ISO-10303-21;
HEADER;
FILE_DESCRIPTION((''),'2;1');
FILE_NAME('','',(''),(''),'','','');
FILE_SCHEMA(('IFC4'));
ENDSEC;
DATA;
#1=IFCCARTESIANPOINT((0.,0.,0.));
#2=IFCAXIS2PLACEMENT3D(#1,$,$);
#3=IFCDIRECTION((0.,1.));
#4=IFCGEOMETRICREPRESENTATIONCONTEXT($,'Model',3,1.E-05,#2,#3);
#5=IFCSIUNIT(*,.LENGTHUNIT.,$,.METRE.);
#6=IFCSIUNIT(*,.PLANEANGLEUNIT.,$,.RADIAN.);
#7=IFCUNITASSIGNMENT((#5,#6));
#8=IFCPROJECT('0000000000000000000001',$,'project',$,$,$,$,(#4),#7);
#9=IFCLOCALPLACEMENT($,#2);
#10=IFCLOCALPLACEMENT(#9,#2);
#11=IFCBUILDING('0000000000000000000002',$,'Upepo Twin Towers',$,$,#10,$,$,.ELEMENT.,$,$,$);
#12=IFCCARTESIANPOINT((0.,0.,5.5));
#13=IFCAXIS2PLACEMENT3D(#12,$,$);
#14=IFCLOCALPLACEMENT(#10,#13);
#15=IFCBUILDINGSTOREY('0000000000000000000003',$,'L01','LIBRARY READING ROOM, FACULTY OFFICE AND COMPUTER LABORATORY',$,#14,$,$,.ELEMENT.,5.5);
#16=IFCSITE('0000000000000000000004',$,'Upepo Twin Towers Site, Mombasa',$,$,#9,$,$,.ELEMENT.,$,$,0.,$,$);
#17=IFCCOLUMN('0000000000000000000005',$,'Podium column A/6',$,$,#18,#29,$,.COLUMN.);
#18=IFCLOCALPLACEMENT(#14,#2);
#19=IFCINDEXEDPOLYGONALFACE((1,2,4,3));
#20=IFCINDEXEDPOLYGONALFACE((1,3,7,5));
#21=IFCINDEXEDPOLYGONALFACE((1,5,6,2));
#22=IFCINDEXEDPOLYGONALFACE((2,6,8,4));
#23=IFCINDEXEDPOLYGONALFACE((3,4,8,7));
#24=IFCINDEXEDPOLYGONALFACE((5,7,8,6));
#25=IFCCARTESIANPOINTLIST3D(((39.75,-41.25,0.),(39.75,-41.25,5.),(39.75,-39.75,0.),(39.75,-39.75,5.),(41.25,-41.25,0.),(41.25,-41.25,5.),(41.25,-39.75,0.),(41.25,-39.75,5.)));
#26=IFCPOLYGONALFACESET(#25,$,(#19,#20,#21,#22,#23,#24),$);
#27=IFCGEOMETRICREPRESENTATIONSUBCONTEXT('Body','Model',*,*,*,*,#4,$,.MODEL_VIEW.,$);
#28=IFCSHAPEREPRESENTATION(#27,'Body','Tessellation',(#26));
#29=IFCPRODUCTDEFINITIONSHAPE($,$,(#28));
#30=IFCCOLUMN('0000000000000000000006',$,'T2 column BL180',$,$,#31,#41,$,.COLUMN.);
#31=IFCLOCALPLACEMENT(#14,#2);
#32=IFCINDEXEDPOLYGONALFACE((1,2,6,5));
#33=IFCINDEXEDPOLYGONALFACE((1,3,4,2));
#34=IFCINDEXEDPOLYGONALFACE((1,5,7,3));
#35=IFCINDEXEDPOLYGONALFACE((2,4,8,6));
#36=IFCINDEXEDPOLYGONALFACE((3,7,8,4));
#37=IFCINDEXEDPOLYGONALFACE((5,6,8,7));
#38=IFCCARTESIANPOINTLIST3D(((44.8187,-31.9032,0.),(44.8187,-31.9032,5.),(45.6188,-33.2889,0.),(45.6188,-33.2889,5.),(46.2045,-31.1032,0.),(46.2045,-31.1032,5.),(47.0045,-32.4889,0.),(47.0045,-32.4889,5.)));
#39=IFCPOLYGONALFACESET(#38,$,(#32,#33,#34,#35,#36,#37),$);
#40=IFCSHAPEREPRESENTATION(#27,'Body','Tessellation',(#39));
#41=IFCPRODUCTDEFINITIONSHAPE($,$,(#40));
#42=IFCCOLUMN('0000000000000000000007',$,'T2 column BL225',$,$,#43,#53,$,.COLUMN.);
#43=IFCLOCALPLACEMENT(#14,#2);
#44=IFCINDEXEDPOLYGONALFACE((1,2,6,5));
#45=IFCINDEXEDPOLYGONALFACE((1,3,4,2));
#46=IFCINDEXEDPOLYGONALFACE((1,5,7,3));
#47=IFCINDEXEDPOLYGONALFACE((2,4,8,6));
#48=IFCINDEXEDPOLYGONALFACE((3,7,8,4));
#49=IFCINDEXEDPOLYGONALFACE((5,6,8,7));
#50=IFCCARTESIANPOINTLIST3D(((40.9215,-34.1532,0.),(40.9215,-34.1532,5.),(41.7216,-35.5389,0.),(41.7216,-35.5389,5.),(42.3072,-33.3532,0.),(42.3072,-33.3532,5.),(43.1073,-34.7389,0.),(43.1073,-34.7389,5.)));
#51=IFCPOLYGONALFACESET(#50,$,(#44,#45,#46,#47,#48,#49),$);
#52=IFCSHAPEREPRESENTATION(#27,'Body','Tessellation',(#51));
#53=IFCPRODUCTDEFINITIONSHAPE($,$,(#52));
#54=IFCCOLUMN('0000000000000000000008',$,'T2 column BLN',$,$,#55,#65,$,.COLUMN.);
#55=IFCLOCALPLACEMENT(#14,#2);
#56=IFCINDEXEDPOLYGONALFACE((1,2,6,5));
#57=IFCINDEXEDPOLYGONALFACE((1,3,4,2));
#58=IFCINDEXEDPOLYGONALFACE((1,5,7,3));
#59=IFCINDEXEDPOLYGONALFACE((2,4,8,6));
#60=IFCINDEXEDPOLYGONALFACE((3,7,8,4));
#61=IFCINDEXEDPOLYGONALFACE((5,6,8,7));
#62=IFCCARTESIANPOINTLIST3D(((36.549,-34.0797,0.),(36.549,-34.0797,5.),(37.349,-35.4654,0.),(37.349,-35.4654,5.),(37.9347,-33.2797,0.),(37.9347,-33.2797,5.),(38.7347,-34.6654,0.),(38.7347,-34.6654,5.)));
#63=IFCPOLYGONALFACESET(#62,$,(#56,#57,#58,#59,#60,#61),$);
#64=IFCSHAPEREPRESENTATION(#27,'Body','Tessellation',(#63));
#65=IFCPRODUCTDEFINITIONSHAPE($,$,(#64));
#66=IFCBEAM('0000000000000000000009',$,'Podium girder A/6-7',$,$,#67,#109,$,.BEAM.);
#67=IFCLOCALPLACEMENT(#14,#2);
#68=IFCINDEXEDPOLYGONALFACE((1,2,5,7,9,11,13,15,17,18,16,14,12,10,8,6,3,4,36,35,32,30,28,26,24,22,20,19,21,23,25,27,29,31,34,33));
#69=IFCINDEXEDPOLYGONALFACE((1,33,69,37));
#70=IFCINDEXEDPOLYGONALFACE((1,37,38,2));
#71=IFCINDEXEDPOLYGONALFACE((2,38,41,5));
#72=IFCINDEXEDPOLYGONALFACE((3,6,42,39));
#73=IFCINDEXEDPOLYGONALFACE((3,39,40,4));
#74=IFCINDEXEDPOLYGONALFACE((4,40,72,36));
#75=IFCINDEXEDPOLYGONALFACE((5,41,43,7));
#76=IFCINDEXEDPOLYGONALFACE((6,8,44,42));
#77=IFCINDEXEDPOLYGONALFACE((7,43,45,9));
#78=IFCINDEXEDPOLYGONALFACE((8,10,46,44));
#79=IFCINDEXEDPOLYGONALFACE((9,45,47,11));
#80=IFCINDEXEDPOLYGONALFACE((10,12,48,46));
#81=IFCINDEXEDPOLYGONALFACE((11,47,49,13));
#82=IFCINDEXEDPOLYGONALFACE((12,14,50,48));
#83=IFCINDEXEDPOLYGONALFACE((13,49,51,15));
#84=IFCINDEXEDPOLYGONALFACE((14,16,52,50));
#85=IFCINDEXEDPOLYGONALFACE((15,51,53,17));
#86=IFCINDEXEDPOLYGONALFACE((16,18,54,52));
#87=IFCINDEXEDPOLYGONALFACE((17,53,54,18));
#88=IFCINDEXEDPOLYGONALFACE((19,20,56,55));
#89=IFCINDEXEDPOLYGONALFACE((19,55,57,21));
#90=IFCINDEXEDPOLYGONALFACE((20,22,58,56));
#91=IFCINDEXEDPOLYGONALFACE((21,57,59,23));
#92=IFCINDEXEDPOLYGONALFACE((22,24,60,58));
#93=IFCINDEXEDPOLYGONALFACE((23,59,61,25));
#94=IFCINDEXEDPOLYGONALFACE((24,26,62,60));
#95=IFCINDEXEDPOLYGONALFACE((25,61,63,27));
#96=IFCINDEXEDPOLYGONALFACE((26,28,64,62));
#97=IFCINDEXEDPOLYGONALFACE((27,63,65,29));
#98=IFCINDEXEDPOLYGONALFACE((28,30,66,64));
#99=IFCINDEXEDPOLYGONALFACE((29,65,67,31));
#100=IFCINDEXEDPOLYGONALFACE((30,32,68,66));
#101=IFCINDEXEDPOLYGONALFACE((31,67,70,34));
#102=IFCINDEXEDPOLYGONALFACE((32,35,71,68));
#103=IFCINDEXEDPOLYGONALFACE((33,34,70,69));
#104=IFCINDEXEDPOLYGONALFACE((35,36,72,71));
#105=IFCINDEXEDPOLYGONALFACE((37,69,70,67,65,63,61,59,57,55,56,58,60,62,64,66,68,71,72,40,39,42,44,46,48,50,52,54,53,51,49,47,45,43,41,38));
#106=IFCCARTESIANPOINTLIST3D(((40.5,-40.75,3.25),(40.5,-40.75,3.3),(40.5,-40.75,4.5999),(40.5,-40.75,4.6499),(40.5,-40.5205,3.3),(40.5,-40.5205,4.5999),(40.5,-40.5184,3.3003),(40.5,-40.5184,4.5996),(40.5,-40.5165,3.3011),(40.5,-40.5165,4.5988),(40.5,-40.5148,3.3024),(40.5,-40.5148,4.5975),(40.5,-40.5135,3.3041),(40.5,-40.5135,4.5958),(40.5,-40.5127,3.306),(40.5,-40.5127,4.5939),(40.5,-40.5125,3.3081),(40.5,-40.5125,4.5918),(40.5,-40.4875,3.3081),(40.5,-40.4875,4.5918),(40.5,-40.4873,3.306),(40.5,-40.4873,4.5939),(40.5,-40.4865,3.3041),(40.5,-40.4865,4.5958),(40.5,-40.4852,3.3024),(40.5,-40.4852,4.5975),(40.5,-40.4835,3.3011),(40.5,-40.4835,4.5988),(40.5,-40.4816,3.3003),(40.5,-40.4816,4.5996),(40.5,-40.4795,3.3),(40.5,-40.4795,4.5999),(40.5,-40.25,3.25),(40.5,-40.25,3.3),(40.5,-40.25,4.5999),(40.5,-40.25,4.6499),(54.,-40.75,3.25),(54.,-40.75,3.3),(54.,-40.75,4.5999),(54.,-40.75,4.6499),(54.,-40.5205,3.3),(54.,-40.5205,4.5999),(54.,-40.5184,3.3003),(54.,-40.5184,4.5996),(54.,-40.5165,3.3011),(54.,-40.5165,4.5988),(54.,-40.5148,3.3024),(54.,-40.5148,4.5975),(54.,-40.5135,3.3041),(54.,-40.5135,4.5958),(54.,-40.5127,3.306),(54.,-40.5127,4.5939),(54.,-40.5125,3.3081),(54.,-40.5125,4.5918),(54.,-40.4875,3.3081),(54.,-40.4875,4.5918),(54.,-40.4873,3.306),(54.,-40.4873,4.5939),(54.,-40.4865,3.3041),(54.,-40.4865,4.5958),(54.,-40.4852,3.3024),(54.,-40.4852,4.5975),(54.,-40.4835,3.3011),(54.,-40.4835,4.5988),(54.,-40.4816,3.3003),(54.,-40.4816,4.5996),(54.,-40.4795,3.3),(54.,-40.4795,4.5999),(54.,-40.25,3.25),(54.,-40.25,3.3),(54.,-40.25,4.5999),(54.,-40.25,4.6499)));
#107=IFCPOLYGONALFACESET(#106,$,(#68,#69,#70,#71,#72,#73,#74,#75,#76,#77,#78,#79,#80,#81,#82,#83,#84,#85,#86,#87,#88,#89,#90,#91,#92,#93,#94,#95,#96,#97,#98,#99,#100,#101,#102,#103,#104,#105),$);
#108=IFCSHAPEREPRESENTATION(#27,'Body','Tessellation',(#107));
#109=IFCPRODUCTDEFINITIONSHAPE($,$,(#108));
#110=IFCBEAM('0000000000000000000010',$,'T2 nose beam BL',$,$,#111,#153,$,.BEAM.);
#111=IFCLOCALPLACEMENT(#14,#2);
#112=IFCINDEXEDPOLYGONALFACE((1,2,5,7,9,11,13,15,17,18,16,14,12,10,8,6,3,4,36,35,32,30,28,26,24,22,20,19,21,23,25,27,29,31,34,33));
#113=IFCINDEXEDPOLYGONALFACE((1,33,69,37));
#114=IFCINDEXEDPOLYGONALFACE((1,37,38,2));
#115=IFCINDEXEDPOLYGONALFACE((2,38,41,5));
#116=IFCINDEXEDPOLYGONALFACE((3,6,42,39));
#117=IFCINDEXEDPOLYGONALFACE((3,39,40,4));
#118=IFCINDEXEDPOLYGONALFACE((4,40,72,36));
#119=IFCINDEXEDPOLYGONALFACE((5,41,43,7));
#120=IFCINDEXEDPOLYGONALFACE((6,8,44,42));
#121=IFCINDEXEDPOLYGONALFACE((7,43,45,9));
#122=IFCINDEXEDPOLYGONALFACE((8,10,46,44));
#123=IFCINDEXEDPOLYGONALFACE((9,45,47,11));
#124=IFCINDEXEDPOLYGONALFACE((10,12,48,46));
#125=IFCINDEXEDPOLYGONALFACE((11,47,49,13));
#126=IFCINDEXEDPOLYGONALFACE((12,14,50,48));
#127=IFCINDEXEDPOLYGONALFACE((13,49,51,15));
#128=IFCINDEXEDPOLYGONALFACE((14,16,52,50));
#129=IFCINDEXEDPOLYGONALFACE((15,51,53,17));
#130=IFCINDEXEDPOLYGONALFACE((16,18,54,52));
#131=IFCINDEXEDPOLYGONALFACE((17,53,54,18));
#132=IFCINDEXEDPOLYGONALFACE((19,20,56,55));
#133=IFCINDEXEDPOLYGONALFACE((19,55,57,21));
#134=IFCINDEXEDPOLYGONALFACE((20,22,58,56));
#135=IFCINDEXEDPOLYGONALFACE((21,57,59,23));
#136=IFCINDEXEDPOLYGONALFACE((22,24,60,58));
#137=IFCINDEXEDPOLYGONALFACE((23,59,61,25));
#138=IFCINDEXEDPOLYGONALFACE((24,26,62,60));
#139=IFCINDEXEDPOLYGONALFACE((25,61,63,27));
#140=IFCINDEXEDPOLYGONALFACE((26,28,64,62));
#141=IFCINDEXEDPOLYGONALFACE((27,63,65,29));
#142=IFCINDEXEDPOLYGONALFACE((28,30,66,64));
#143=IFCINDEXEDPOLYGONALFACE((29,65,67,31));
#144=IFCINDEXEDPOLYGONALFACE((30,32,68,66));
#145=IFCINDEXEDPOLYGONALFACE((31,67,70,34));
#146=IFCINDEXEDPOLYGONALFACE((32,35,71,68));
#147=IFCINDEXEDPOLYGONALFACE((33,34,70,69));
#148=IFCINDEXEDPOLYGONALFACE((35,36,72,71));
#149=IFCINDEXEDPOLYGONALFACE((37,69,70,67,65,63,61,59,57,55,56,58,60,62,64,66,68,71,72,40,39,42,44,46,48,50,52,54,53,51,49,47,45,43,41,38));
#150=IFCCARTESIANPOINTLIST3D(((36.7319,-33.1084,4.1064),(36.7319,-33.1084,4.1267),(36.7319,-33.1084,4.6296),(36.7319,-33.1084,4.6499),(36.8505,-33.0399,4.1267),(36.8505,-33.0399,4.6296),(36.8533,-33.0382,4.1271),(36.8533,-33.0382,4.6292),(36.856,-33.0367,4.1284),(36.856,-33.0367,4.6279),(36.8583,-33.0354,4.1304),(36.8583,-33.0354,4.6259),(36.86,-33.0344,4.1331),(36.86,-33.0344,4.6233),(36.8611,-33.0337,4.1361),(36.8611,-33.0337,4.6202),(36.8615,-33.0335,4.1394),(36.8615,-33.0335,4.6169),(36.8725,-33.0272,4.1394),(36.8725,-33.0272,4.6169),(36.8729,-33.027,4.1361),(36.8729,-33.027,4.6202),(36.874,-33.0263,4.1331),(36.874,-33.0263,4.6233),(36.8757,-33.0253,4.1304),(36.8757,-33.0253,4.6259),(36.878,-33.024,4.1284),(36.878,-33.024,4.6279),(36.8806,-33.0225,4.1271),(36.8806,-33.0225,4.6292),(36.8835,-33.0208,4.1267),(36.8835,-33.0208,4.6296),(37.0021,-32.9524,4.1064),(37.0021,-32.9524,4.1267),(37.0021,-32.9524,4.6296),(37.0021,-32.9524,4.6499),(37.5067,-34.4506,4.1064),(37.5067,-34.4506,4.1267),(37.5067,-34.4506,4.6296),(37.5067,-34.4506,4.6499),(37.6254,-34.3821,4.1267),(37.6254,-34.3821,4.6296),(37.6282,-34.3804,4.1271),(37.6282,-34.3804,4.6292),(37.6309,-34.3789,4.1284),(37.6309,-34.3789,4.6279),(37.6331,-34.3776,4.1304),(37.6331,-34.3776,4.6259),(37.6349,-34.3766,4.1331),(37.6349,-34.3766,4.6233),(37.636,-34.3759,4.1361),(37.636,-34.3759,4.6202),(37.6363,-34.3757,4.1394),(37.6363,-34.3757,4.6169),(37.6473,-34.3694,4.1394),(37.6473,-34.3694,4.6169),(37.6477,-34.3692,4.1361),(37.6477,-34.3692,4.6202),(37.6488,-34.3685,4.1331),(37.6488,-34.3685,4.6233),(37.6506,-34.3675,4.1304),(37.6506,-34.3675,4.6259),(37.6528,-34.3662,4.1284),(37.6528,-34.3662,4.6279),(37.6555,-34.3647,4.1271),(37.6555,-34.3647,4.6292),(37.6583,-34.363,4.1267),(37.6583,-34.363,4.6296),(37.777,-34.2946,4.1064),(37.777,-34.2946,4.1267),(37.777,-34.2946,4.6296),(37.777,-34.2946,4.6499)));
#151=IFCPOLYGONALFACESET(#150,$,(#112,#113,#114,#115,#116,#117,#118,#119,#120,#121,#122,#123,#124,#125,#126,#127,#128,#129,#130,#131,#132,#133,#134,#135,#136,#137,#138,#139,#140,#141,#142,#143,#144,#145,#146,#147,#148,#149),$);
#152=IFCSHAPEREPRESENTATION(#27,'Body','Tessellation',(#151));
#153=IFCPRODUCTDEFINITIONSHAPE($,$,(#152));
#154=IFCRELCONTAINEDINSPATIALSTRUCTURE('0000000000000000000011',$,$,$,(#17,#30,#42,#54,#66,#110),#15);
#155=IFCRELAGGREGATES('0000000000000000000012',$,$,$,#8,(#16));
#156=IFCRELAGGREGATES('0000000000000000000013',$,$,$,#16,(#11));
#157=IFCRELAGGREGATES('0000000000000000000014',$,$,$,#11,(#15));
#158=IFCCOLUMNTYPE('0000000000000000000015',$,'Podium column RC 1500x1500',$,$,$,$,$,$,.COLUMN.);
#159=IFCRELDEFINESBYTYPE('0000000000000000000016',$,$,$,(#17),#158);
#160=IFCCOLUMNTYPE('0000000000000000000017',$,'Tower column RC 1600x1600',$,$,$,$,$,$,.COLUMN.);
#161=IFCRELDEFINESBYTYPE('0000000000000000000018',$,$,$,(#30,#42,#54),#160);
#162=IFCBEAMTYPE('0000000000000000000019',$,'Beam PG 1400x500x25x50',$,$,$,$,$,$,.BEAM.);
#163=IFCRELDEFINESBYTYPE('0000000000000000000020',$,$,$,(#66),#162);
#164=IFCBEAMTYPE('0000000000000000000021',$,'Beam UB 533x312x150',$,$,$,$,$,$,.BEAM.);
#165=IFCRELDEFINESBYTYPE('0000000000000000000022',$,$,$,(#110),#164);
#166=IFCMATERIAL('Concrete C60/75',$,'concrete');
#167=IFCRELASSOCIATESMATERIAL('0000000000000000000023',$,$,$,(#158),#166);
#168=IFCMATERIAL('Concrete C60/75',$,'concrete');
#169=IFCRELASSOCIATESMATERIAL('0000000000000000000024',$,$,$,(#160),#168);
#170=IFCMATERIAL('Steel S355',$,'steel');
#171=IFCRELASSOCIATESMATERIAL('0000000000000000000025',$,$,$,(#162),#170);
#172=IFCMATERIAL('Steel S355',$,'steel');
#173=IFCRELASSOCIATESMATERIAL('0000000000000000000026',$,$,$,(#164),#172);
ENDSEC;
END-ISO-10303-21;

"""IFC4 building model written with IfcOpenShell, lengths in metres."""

from ifc_helpers import new_model, si_unit, direction, frame, origin, origin_2d, place, context, subcontext, project, spatial, rectangle, i_section, extrude, material, material_profile, profile_set, type_object, element, save


model = new_model("IFC4")

# Units and contexts
model_context = context("Model", 3, precision=1e-05, world=origin(), true_north=direction((0.0, 1.0)))
body_context = subcontext(model_context, "Body", "Model", "MODEL_VIEW")
ifc_project = project(units=[si_unit("LENGTHUNIT", "METRE"), si_unit("PLANEANGLEUNIT", "RADIAN")], contexts=[model_context])

# Site, building, storey
site_placement = place(None, origin())
site = spatial("IfcSite", under=ifc_project, at=site_placement, Name="Upepo Twin Towers Site, Mombasa", CompositionType="ELEMENT", RefElevation=0.0)
building_placement = place(site_placement, origin())
building = spatial("IfcBuilding", under=site, at=building_placement, Name="Upepo Twin Towers", CompositionType="ELEMENT")
storey_placement = place(building_placement, frame((0.0, 0.0, 5.5)))
storey = spatial("IfcBuildingStorey", under=building, at=storey_placement, Name="L01", Description="LIBRARY READING ROOM, FACULTY OFFICE AND COMPUTER LABORATORY", CompositionType="ELEMENT", Elevation=5.5)

# Columns
ifc_material_1 = material(Name="Concrete C60/75", Category="concrete")
ifc_material_profile_1 = material_profile(ifc_material_1, rectangle(XDim=1.5, YDim=1.5, at=origin_2d()), Name="RC 1500x1500")
ifc_profile_set_1 = profile_set([ifc_material_profile_1], Name="Concrete C60/75")
column_type_1 = type_object("IfcColumnType", Name="Podium column RC 1500x1500", PredefinedType="COLUMN", material=ifc_profile_set_1)
column_placement = place(storey_placement, frame((40.5, -40.5, 0.0), z_axis=(0.0, 0.0, 1.0), x_axis=(1.0, 0.0, 0.0)))
element("IfcColumn", 1, at=column_placement, inside=storey, type_object=column_type_1, Name="Podium column A/6", PredefinedType="COLUMN", context=body_context, shape_type="SweptSolid", body=[
    extrude(rectangle(XDim=1.5, YDim=1.5, at=origin_2d()), origin(), (0.0, 0.0, 1.0), 5.0),
])
ifc_material_2 = material(Name="Concrete C60/75", Category="concrete")
ifc_material_profile_2 = material_profile(ifc_material_2, rectangle(XDim=1.6001, YDim=1.6001, at=origin_2d()), Name="RC 1600x1600")
ifc_profile_set_2 = profile_set([ifc_material_profile_2], Name="Concrete C60/75")
column_type_2 = type_object("IfcColumnType", Name="Tower column RC 1600x1600", PredefinedType="COLUMN", material=ifc_profile_set_2)
for number, where, z_axis, x_axis, name in (
    (2, (45.9116, -32.196, 0.0), (0.0, 0.0, 1.0), (0.866025, 0.5, 0.0), "T2 column BL180"),
    (3, (42.0144, -34.446, 0.0), (0.0, 0.0, 1.0), (0.866025, 0.5, 0.0), "T2 column BL225"),
    (4, (37.6418, -34.3726, 0.0), (0.0, 0.0, 1.0), (0.866025, 0.5, 0.0), "T2 column BLN"),
):
    element("IfcColumn", number, at=place(storey_placement, frame(where, z_axis=z_axis, x_axis=x_axis)), inside=storey, type_object=column_type_2, Name=name, PredefinedType="COLUMN", context=body_context, shape_type="SweptSolid", body=[
        extrude(rectangle(XDim=1.6001, YDim=1.6001, at=origin_2d()), origin(), (0.0, 0.0, 1.0), 5.0),
    ])

# Beams
ifc_material_3 = material(Name="Steel S355", Category="steel")
ifc_material_profile_3 = material_profile(ifc_material_3, i_section(OverallWidth=0.5, OverallDepth=1.3999, WebThickness=0.0249, FlangeThickness=0.05, FilletRadius=0.0081, at=origin_2d()), Name="PG 1400x500x25x50")
ifc_profile_set_3 = profile_set([ifc_material_profile_3], Name="Steel S355")
beam_type_1 = type_object("IfcBeamType", Name="Beam PG 1400x500x25x50", PredefinedType="BEAM", material=ifc_profile_set_3)
beam_1_placement = place(storey_placement, frame((40.5, -40.5, 3.95), z_axis=(1.0, 0.0, 0.0), x_axis=(0.0, 1.0, 0.0)))
element("IfcBeam", 5, at=beam_1_placement, inside=storey, type_object=beam_type_1, Name="Podium girder A/6-7", PredefinedType="BEAM", context=body_context, shape_type="SweptSolid", body=[
    extrude(i_section(OverallWidth=0.5, OverallDepth=1.3999, WebThickness=0.0249, FlangeThickness=0.05, FilletRadius=0.0081, at=origin_2d()), origin(), (0.0, 0.0, 1.0), 13.5),
])
ifc_material_4 = material(Name="Steel S355", Category="steel")
ifc_material_profile_4 = material_profile(ifc_material_4, i_section(OverallWidth=0.312, OverallDepth=0.5435, WebThickness=0.0127, FlangeThickness=0.0203, FilletRadius=0.0127, at=origin_2d()), Name="UB 533x312x150")
ifc_profile_set_4 = profile_set([ifc_material_profile_4], Name="Steel S355")
beam_type_2 = type_object("IfcBeamType", Name="Beam UB 533x312x150", PredefinedType="BEAM", material=ifc_profile_set_4)
beam_2_placement = place(storey_placement, frame((37.6418, -34.3726, 4.3782), z_axis=(-0.499968, 0.866044, 0.0), x_axis=(-0.866044, -0.499968, 0.0)))
element("IfcBeam", 6, at=beam_2_placement, inside=storey, type_object=beam_type_2, Name="T2 nose beam BL", PredefinedType="BEAM", context=body_context, shape_type="SweptSolid", body=[
    extrude(i_section(OverallWidth=0.312, OverallDepth=0.5435, WebThickness=0.0127, FlangeThickness=0.0203, FilletRadius=0.0127, at=origin_2d()), origin(), (0.0, 0.0, 1.0), 1.5498),
])

save(model, "model.ifc")
